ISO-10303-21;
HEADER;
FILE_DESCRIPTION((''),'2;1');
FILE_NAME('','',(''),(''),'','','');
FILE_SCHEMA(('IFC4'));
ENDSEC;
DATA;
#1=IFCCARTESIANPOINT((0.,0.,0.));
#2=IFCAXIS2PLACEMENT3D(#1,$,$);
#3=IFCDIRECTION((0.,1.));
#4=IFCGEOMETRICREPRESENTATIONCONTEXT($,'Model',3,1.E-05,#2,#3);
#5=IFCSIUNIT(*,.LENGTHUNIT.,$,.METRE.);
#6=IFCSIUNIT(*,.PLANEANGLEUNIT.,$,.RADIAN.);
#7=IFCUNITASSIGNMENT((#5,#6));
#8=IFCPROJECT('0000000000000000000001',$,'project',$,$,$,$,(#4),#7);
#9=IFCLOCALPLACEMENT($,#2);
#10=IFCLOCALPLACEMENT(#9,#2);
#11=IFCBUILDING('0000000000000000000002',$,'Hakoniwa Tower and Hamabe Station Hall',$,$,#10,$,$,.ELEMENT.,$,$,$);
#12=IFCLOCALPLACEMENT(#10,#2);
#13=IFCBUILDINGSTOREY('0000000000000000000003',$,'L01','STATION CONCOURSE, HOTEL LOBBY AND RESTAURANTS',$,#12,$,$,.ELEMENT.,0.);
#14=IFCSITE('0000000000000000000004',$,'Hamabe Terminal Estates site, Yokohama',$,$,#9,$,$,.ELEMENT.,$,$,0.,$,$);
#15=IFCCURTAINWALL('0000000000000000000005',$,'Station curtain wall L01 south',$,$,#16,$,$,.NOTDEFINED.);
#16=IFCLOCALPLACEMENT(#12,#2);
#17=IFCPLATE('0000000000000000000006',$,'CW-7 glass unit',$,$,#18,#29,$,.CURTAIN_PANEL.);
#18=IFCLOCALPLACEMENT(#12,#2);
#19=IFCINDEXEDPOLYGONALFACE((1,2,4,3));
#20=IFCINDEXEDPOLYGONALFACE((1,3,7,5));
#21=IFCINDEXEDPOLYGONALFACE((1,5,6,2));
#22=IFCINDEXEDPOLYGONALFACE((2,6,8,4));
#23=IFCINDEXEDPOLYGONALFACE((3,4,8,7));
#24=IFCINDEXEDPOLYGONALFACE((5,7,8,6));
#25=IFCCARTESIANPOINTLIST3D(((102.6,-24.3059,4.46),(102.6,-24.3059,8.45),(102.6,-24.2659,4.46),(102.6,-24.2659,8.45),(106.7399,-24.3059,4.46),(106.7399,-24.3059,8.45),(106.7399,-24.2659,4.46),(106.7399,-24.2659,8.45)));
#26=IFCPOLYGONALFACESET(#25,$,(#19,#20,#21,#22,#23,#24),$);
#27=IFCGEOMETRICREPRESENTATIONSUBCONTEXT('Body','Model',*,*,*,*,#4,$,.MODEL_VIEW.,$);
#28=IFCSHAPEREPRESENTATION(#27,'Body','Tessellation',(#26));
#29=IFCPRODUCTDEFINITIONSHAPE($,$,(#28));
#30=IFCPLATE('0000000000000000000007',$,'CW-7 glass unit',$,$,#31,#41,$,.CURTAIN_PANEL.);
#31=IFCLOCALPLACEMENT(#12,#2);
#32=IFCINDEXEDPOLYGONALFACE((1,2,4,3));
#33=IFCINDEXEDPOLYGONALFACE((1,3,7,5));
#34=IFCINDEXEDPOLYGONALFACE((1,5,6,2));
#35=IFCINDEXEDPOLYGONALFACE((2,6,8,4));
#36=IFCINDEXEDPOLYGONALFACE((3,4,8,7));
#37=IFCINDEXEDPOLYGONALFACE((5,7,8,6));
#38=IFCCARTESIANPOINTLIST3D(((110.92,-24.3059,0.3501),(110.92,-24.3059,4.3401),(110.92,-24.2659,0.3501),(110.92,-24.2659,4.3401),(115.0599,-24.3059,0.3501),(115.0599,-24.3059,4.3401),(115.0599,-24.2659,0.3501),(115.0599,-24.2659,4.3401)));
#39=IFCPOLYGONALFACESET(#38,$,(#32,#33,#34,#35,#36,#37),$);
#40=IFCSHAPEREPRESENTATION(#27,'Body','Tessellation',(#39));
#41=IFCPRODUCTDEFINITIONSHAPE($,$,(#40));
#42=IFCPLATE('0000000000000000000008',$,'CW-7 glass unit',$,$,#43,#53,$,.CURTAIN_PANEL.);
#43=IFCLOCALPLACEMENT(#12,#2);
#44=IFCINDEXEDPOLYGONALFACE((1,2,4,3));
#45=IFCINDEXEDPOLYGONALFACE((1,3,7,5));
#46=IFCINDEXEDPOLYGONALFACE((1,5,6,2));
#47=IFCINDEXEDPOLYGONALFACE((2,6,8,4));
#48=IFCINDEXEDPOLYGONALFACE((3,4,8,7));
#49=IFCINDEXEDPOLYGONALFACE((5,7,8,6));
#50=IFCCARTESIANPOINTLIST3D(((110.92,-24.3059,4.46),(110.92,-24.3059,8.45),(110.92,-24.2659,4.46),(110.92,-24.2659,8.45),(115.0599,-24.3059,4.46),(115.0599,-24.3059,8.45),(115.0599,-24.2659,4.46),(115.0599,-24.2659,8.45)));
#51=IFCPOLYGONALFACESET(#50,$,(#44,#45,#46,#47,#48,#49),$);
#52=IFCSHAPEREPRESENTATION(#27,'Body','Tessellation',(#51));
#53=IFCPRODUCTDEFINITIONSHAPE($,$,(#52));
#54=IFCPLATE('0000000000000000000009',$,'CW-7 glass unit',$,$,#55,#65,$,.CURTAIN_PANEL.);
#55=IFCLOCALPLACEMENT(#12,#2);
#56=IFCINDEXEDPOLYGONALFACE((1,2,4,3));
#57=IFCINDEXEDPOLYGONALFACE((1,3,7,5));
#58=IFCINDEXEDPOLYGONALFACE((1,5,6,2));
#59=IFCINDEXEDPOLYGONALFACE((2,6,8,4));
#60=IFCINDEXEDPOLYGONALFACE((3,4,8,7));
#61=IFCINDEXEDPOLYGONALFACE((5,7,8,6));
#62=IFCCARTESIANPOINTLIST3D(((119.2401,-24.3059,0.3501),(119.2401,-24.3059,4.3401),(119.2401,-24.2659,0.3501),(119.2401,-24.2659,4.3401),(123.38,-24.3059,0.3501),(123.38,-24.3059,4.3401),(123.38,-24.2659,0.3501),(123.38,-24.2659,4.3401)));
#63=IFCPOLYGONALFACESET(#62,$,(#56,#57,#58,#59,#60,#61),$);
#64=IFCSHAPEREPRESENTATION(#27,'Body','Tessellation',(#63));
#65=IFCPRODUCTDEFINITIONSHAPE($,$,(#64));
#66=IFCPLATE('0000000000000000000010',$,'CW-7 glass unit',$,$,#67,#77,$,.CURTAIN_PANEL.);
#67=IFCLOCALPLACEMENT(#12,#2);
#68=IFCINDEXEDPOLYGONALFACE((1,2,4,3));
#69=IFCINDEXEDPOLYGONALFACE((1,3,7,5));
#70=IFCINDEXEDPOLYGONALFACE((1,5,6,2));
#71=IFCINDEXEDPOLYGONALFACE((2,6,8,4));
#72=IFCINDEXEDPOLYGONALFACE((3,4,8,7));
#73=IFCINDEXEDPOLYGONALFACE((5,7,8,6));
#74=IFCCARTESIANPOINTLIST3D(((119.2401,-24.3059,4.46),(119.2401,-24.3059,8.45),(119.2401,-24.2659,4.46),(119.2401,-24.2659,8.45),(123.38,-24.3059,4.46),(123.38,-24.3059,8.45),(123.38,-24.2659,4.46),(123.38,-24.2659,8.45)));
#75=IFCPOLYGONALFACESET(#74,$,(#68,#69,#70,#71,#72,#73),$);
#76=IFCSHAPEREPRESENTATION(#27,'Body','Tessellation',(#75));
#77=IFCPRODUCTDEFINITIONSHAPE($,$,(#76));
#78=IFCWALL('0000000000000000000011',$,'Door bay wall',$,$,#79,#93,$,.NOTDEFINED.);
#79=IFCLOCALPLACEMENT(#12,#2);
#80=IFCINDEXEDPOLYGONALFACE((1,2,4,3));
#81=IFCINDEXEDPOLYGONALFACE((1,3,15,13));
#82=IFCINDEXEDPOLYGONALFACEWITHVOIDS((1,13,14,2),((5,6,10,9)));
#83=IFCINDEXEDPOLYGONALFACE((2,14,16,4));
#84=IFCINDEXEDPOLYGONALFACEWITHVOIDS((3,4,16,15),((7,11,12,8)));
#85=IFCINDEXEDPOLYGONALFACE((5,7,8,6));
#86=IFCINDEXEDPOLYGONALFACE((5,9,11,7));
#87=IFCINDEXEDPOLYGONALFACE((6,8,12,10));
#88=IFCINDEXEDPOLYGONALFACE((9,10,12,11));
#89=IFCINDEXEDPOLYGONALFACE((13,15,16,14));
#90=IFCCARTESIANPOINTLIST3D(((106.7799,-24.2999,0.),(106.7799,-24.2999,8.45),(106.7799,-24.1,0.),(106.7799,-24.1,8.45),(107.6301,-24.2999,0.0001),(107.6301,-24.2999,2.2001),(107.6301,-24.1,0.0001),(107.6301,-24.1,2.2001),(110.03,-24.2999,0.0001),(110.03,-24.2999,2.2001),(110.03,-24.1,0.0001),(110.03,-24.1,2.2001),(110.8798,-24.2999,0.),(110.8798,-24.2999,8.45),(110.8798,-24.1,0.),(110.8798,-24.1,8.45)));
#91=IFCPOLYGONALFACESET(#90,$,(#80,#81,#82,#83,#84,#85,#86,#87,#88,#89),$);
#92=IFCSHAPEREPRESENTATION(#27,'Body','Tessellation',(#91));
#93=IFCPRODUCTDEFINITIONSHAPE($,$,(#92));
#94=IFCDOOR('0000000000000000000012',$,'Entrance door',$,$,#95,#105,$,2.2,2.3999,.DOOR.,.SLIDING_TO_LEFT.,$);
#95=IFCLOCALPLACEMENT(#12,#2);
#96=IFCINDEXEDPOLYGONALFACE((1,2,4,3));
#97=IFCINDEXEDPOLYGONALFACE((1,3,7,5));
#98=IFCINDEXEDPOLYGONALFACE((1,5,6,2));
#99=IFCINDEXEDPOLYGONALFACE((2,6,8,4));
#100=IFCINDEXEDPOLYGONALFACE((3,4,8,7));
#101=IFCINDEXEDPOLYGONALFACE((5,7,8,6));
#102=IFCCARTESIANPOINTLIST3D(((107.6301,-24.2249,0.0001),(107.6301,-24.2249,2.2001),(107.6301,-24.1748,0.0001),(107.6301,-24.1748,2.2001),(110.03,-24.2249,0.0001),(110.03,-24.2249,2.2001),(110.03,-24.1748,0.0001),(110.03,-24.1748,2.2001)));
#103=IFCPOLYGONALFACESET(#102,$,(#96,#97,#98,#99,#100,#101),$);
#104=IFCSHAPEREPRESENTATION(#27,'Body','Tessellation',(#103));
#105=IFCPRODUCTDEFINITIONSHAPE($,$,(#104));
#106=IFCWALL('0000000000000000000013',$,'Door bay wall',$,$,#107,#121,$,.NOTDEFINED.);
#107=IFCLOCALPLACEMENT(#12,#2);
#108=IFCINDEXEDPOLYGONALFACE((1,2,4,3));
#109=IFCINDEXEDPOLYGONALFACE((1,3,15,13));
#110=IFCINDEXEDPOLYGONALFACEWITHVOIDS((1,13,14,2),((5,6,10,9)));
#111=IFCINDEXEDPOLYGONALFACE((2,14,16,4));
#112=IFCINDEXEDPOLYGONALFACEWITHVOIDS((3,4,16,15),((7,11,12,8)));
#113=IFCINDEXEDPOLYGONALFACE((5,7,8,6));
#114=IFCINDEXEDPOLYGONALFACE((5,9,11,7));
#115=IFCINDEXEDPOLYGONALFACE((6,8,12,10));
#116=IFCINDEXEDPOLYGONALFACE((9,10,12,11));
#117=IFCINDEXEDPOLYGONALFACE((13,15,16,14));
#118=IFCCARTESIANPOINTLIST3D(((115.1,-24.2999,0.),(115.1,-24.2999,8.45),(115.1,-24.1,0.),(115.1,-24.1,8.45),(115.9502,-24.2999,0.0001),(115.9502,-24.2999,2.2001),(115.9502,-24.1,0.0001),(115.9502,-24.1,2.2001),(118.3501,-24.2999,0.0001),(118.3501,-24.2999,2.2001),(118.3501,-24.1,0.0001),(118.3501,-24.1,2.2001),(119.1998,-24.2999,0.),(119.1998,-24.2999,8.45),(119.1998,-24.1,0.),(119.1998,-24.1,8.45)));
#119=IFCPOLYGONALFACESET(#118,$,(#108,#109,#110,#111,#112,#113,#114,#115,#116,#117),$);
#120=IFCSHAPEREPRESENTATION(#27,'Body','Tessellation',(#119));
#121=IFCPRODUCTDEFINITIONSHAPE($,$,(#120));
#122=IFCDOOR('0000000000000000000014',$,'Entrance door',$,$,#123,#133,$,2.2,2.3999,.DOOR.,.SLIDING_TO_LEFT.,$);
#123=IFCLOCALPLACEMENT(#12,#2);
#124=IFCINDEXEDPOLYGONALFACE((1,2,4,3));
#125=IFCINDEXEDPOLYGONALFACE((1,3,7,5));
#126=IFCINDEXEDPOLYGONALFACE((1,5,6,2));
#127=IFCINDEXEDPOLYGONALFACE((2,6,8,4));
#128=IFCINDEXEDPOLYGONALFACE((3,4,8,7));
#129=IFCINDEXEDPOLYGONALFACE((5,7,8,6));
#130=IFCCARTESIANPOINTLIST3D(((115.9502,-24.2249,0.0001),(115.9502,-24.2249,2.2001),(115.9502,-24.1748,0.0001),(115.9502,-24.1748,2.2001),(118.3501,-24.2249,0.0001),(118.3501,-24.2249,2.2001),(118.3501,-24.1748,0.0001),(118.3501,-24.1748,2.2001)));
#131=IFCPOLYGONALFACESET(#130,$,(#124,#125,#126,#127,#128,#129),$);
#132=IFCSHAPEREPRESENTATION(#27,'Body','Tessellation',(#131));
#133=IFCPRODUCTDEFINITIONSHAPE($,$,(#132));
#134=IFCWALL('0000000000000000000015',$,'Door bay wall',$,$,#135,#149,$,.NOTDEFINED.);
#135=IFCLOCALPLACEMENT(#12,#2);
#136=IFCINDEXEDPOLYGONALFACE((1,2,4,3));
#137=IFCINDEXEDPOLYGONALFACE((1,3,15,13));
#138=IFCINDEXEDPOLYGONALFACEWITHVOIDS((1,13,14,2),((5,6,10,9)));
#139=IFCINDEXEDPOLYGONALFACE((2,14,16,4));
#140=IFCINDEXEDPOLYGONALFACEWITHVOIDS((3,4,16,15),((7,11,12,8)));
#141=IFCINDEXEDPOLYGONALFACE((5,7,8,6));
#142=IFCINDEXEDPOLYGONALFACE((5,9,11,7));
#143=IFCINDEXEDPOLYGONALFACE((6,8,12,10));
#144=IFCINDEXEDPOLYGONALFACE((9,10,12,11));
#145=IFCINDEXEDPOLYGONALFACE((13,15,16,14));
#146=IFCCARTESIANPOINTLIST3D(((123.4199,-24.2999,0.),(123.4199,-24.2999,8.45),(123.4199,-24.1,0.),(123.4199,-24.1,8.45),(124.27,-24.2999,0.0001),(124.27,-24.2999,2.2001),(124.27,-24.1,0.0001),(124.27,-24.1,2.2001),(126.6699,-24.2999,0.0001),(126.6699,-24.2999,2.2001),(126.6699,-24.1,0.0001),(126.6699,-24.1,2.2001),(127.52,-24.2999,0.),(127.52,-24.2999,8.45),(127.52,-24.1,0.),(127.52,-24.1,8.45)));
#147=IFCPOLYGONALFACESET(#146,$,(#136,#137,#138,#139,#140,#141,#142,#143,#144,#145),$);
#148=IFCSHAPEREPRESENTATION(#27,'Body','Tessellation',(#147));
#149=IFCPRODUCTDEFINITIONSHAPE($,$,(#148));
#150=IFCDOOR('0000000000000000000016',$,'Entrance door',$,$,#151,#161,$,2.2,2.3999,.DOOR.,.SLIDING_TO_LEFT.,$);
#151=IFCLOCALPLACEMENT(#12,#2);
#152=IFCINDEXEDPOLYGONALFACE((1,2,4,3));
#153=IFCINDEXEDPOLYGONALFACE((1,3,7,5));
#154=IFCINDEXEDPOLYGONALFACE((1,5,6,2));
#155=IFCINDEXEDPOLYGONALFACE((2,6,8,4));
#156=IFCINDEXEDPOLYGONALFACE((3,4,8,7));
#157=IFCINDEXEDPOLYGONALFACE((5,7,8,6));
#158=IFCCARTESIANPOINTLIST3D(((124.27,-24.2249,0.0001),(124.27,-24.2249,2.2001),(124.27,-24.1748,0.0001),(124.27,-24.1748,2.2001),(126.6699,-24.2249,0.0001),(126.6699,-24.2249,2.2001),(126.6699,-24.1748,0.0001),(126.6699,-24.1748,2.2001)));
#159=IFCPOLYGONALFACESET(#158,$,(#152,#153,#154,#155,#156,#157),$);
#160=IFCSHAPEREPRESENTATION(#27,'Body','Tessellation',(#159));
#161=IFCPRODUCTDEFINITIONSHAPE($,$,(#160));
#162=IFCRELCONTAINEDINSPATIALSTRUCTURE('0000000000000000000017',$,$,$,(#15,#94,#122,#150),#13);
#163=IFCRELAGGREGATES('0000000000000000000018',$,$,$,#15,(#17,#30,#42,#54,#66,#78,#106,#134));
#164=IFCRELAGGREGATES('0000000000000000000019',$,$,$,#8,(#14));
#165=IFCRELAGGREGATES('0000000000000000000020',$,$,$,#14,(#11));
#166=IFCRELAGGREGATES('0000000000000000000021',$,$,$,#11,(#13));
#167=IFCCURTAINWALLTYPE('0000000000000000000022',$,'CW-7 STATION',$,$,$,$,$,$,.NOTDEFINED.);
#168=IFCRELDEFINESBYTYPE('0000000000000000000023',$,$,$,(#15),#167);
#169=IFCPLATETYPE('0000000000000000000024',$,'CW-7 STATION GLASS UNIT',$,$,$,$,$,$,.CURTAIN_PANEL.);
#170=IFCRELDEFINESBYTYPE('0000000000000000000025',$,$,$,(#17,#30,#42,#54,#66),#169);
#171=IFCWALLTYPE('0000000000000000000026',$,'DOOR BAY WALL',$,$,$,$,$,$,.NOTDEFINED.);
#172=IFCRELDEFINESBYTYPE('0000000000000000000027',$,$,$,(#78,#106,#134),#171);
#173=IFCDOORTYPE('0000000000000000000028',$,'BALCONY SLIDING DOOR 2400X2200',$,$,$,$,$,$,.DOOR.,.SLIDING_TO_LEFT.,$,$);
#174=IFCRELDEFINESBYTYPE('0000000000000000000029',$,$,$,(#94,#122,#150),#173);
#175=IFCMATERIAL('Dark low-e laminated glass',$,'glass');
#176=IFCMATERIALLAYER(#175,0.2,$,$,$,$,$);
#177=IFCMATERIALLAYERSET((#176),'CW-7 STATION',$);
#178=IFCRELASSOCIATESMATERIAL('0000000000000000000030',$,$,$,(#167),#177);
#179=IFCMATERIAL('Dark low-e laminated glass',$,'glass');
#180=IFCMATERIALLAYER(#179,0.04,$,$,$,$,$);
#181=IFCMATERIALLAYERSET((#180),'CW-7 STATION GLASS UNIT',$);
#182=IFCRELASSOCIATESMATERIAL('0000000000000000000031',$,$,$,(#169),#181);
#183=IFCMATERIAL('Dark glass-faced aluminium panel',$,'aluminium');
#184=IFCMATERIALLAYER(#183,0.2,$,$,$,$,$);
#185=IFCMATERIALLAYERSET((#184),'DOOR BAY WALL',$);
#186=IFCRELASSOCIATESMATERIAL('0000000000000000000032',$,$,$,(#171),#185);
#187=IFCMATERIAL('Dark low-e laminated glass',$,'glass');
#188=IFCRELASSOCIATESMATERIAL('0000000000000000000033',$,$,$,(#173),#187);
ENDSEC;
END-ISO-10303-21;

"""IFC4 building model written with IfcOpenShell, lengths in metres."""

from ifc_helpers import new_model, si_unit, direction, frame, frame_2d, origin, origin_2d, place, context, subcontext, project, spatial, rectangle, extrude, material, layer, layer_set, type_object, element, fill, aggregate, save


model = new_model("IFC4")

# Units and contexts
model_context = context("Model", 3, precision=1e-05, world=origin(), true_north=direction((0.0, 1.0)))
body_context = subcontext(model_context, "Body", "Model", "MODEL_VIEW")
ifc_project = project(units=[si_unit("LENGTHUNIT", "METRE"), si_unit("PLANEANGLEUNIT", "RADIAN")], contexts=[model_context])

# Site, building, storey
site_placement = place(None, origin())
site = spatial("IfcSite", under=ifc_project, at=site_placement, Name="Hamabe Terminal Estates site, Yokohama", CompositionType="ELEMENT", RefElevation=0.0)
building_placement = place(site_placement, origin())
building = spatial("IfcBuilding", under=site, at=building_placement, Name="Hakoniwa Tower and Hamabe Station Hall", CompositionType="ELEMENT")
storey_placement = place(building_placement, origin())
storey = spatial("IfcBuildingStorey", under=building, at=storey_placement, Name="L01", Description="STATION CONCOURSE, HOTEL LOBBY AND RESTAURANTS", CompositionType="ELEMENT", Elevation=0.0)

# Curtain wall, plates, walls, openings, doors
ifc_material_1 = material(Name="Dark low-e laminated glass", Category="glass")
ifc_layer_1 = layer(ifc_material_1, 0.2)
ifc_layer_set_1 = layer_set([ifc_layer_1], Name="CW-7 STATION")
curtain_wall_type = type_object("IfcCurtainWallType", Name="CW-7 STATION", PredefinedType="NOTDEFINED", material=ifc_layer_set_1)
curtain_wall_placement = place(storey_placement, origin())
curtain_wall = element("IfcCurtainWall", 1, at=curtain_wall_placement, inside=storey, type_object=curtain_wall_type, Name="Station curtain wall L01 south", PredefinedType="NOTDEFINED")
ifc_material_2 = material(Name="Dark low-e laminated glass", Category="glass")
ifc_layer_2 = layer(ifc_material_2, 0.04)
ifc_layer_set_2 = layer_set([ifc_layer_2], Name="CW-7 STATION GLASS UNIT")
plate_type = type_object("IfcPlateType", Name="CW-7 STATION GLASS UNIT", PredefinedType="CURTAIN_PANEL", material=ifc_layer_set_2)
plate_1_placement = place(storey_placement, frame((104.6699, -24.2859, 4.46), z_axis=(0.0, 0.0, 1.0), x_axis=(1.0, 0.0, 0.0)))
plate_1 = element("IfcPlate", 2, at=plate_1_placement, type_object=plate_type, Name="CW-7 glass unit", PredefinedType="CURTAIN_PANEL", context=body_context, shape_type="SweptSolid", body=[
    extrude(rectangle(XDim=4.1399, YDim=0.04, at=origin_2d()), origin(), (0.0, 0.0, 1.0), 3.99),
])
plate_2_placement = place(storey_placement, frame((112.99, -24.2859, 0.3501), z_axis=(0.0, 0.0, 1.0), x_axis=(1.0, 0.0, 0.0)))
plate_2 = element("IfcPlate", 3, at=plate_2_placement, type_object=plate_type, Name="CW-7 glass unit", PredefinedType="CURTAIN_PANEL", context=body_context, shape_type="SweptSolid", body=[
    extrude(rectangle(XDim=4.1399, YDim=0.04, at=origin_2d()), origin(), (0.0, 0.0, 1.0), 3.99),
])
plate_3_placement = place(storey_placement, frame((112.99, -24.2859, 4.46), z_axis=(0.0, 0.0, 1.0), x_axis=(1.0, 0.0, 0.0)))
plate_3 = element("IfcPlate", 4, at=plate_3_placement, type_object=plate_type, Name="CW-7 glass unit", PredefinedType="CURTAIN_PANEL", context=body_context, shape_type="SweptSolid", body=[
    extrude(rectangle(XDim=4.1399, YDim=0.04, at=origin_2d()), origin(), (0.0, 0.0, 1.0), 3.99),
])
plate_4_placement = place(storey_placement, frame((121.3101, -24.2859, 0.3501), z_axis=(0.0, 0.0, 1.0), x_axis=(1.0, 0.0, 0.0)))
plate_4 = element("IfcPlate", 5, at=plate_4_placement, type_object=plate_type, Name="CW-7 glass unit", PredefinedType="CURTAIN_PANEL", context=body_context, shape_type="SweptSolid", body=[
    extrude(rectangle(XDim=4.1399, YDim=0.04, at=origin_2d()), origin(), (0.0, 0.0, 1.0), 3.99),
])
plate_5_placement = place(storey_placement, frame((121.3101, -24.2859, 4.46), z_axis=(0.0, 0.0, 1.0), x_axis=(1.0, 0.0, 0.0)))
plate_5 = element("IfcPlate", 6, at=plate_5_placement, type_object=plate_type, Name="CW-7 glass unit", PredefinedType="CURTAIN_PANEL", context=body_context, shape_type="SweptSolid", body=[
    extrude(rectangle(XDim=4.1399, YDim=0.04, at=origin_2d()), origin(), (0.0, 0.0, 1.0), 3.99),
])
ifc_material_3 = material(Name="Dark glass-faced aluminium panel", Category="aluminium")
ifc_layer_3 = layer(ifc_material_3, 0.2)
ifc_layer_set_3 = layer_set([ifc_layer_3], Name="DOOR BAY WALL")
wall_type = type_object("IfcWallType", Name="DOOR BAY WALL", PredefinedType="NOTDEFINED", material=ifc_layer_set_3)
wall_1_placement = place(storey_placement, frame((106.78, -24.2, 0.0), z_axis=(0.0, 0.0, 1.0), x_axis=(1.0, 0.0, 0.0)))
wall_1 = element("IfcWall", 7, at=wall_1_placement, type_object=wall_type, Name="Door bay wall", PredefinedType="NOTDEFINED", context=body_context, shape_type="SweptSolid", body=[
    extrude(rectangle(XDim=4.0999, YDim=0.2, at=frame_2d((2.0498, 0.0))), origin(), (0.0, 0.0, 1.0), 8.45),
])
opening_1_placement = place(wall_1_placement, frame((0.8501, 0.0, 0.0)))
opening_1 = element("IfcOpeningElement", 8, at=opening_1_placement, cuts=wall_1, PredefinedType="OPENING", context=body_context, shape_type="SweptSolid", body=[
    extrude(rectangle(XDim=2.3999, YDim=2.2, at=frame_2d((1.2, 1.1001))), frame((0.0, 0.1099, 0.0), z_axis=(0.0, -1.0, 0.0), x_axis=(1.0, 0.0, 0.0)), (0.0, 0.0, 1.0), 0.22),
])
ifc_material_4 = material(Name="Dark low-e laminated glass", Category="glass")
door_type = type_object("IfcDoorType", Name="BALCONY SLIDING DOOR 2400X2200", OperationType="SLIDING_TO_LEFT", PredefinedType="DOOR", material=ifc_material_4)
door_1_placement = place(opening_1_placement, frame((2.3999, 0.0, 0.0), z_axis=(0.0, 0.0, 1.0), x_axis=(-1.0, 0.0, 0.0)))
door_1 = element("IfcDoor", 9, at=door_1_placement, inside=storey, type_object=door_type, Name="Entrance door", OperationType="SLIDING_TO_LEFT", OverallHeight=2.2, OverallWidth=2.3999, PredefinedType="DOOR", context=body_context, shape_type="SweptSolid", body=[
    extrude(rectangle(XDim=2.3999, YDim=2.2, at=frame_2d((1.2, 1.1001))), frame((0.0, 0.0249, 0.0), z_axis=(0.0, -1.0, 0.0), x_axis=(1.0, 0.0, 0.0)), (0.0, 0.0, 1.0), 0.05),
])
fill(opening_1, door_1)
wall_2_placement = place(storey_placement, frame((115.1001, -24.2, 0.0), z_axis=(0.0, 0.0, 1.0), x_axis=(1.0, 0.0, 0.0)))
wall_2 = element("IfcWall", 10, at=wall_2_placement, type_object=wall_type, Name="Door bay wall", PredefinedType="NOTDEFINED", context=body_context, shape_type="SweptSolid", body=[
    extrude(rectangle(XDim=4.0999, YDim=0.2, at=frame_2d((2.0498, 0.0))), origin(), (0.0, 0.0, 1.0), 8.45),
])
opening_2_placement = place(wall_2_placement, frame((0.8501, 0.0, 0.0)))
opening_2 = element("IfcOpeningElement", 11, at=opening_2_placement, cuts=wall_2, PredefinedType="OPENING", context=body_context, shape_type="SweptSolid", body=[
    extrude(rectangle(XDim=2.3999, YDim=2.2, at=frame_2d((1.2, 1.1001))), frame((0.0, 0.1099, 0.0), z_axis=(0.0, -1.0, 0.0), x_axis=(1.0, 0.0, 0.0)), (0.0, 0.0, 1.0), 0.22),
])
door_2_placement = place(opening_2_placement, frame((2.3999, 0.0, 0.0), z_axis=(0.0, 0.0, 1.0), x_axis=(-1.0, 0.0, 0.0)))
door_2 = element("IfcDoor", 12, at=door_2_placement, inside=storey, type_object=door_type, Name="Entrance door", OperationType="SLIDING_TO_LEFT", OverallHeight=2.2, OverallWidth=2.3999, PredefinedType="DOOR", context=body_context, shape_type="SweptSolid", body=[
    extrude(rectangle(XDim=2.3999, YDim=2.2, at=frame_2d((1.2, 1.1001))), frame((0.0, 0.0249, 0.0), z_axis=(0.0, -1.0, 0.0), x_axis=(1.0, 0.0, 0.0)), (0.0, 0.0, 1.0), 0.05),
])
fill(opening_2, door_2)
wall_3_placement = place(storey_placement, frame((123.4199, -24.2, 0.0), z_axis=(0.0, 0.0, 1.0), x_axis=(1.0, 0.0, 0.0)))
wall_3 = element("IfcWall", 13, at=wall_3_placement, type_object=wall_type, Name="Door bay wall", PredefinedType="NOTDEFINED", context=body_context, shape_type="SweptSolid", body=[
    extrude(rectangle(XDim=4.1001, YDim=0.2, at=frame_2d((2.05, 0.0))), origin(), (0.0, 0.0, 1.0), 8.45),
])
opening_3_placement = place(wall_3_placement, frame((0.8501, 0.0, 0.0)))
opening_3 = element("IfcOpeningElement", 14, at=opening_3_placement, cuts=wall_3, PredefinedType="OPENING", context=body_context, shape_type="SweptSolid", body=[
    extrude(rectangle(XDim=2.3999, YDim=2.2, at=frame_2d((1.2, 1.1001))), frame((0.0, 0.1099, 0.0), z_axis=(0.0, -1.0, 0.0), x_axis=(1.0, 0.0, 0.0)), (0.0, 0.0, 1.0), 0.22),
])
door_3_placement = place(opening_3_placement, frame((2.3999, 0.0, 0.0), z_axis=(0.0, 0.0, 1.0), x_axis=(-1.0, 0.0, 0.0)))
door_3 = element("IfcDoor", 15, at=door_3_placement, inside=storey, type_object=door_type, Name="Entrance door", OperationType="SLIDING_TO_LEFT", OverallHeight=2.2, OverallWidth=2.3999, PredefinedType="DOOR", context=body_context, shape_type="SweptSolid", body=[
    extrude(rectangle(XDim=2.3999, YDim=2.2, at=frame_2d((1.2, 1.1001))), frame((0.0, 0.0249, 0.0), z_axis=(0.0, -1.0, 0.0), x_axis=(1.0, 0.0, 0.0)), (0.0, 0.0, 1.0), 0.05),
])
fill(opening_3, door_3)
aggregate(curtain_wall, [plate_1, plate_2, plate_3, plate_4, plate_5, wall_1, wall_2, wall_3])

save(model, "model.ifc")
